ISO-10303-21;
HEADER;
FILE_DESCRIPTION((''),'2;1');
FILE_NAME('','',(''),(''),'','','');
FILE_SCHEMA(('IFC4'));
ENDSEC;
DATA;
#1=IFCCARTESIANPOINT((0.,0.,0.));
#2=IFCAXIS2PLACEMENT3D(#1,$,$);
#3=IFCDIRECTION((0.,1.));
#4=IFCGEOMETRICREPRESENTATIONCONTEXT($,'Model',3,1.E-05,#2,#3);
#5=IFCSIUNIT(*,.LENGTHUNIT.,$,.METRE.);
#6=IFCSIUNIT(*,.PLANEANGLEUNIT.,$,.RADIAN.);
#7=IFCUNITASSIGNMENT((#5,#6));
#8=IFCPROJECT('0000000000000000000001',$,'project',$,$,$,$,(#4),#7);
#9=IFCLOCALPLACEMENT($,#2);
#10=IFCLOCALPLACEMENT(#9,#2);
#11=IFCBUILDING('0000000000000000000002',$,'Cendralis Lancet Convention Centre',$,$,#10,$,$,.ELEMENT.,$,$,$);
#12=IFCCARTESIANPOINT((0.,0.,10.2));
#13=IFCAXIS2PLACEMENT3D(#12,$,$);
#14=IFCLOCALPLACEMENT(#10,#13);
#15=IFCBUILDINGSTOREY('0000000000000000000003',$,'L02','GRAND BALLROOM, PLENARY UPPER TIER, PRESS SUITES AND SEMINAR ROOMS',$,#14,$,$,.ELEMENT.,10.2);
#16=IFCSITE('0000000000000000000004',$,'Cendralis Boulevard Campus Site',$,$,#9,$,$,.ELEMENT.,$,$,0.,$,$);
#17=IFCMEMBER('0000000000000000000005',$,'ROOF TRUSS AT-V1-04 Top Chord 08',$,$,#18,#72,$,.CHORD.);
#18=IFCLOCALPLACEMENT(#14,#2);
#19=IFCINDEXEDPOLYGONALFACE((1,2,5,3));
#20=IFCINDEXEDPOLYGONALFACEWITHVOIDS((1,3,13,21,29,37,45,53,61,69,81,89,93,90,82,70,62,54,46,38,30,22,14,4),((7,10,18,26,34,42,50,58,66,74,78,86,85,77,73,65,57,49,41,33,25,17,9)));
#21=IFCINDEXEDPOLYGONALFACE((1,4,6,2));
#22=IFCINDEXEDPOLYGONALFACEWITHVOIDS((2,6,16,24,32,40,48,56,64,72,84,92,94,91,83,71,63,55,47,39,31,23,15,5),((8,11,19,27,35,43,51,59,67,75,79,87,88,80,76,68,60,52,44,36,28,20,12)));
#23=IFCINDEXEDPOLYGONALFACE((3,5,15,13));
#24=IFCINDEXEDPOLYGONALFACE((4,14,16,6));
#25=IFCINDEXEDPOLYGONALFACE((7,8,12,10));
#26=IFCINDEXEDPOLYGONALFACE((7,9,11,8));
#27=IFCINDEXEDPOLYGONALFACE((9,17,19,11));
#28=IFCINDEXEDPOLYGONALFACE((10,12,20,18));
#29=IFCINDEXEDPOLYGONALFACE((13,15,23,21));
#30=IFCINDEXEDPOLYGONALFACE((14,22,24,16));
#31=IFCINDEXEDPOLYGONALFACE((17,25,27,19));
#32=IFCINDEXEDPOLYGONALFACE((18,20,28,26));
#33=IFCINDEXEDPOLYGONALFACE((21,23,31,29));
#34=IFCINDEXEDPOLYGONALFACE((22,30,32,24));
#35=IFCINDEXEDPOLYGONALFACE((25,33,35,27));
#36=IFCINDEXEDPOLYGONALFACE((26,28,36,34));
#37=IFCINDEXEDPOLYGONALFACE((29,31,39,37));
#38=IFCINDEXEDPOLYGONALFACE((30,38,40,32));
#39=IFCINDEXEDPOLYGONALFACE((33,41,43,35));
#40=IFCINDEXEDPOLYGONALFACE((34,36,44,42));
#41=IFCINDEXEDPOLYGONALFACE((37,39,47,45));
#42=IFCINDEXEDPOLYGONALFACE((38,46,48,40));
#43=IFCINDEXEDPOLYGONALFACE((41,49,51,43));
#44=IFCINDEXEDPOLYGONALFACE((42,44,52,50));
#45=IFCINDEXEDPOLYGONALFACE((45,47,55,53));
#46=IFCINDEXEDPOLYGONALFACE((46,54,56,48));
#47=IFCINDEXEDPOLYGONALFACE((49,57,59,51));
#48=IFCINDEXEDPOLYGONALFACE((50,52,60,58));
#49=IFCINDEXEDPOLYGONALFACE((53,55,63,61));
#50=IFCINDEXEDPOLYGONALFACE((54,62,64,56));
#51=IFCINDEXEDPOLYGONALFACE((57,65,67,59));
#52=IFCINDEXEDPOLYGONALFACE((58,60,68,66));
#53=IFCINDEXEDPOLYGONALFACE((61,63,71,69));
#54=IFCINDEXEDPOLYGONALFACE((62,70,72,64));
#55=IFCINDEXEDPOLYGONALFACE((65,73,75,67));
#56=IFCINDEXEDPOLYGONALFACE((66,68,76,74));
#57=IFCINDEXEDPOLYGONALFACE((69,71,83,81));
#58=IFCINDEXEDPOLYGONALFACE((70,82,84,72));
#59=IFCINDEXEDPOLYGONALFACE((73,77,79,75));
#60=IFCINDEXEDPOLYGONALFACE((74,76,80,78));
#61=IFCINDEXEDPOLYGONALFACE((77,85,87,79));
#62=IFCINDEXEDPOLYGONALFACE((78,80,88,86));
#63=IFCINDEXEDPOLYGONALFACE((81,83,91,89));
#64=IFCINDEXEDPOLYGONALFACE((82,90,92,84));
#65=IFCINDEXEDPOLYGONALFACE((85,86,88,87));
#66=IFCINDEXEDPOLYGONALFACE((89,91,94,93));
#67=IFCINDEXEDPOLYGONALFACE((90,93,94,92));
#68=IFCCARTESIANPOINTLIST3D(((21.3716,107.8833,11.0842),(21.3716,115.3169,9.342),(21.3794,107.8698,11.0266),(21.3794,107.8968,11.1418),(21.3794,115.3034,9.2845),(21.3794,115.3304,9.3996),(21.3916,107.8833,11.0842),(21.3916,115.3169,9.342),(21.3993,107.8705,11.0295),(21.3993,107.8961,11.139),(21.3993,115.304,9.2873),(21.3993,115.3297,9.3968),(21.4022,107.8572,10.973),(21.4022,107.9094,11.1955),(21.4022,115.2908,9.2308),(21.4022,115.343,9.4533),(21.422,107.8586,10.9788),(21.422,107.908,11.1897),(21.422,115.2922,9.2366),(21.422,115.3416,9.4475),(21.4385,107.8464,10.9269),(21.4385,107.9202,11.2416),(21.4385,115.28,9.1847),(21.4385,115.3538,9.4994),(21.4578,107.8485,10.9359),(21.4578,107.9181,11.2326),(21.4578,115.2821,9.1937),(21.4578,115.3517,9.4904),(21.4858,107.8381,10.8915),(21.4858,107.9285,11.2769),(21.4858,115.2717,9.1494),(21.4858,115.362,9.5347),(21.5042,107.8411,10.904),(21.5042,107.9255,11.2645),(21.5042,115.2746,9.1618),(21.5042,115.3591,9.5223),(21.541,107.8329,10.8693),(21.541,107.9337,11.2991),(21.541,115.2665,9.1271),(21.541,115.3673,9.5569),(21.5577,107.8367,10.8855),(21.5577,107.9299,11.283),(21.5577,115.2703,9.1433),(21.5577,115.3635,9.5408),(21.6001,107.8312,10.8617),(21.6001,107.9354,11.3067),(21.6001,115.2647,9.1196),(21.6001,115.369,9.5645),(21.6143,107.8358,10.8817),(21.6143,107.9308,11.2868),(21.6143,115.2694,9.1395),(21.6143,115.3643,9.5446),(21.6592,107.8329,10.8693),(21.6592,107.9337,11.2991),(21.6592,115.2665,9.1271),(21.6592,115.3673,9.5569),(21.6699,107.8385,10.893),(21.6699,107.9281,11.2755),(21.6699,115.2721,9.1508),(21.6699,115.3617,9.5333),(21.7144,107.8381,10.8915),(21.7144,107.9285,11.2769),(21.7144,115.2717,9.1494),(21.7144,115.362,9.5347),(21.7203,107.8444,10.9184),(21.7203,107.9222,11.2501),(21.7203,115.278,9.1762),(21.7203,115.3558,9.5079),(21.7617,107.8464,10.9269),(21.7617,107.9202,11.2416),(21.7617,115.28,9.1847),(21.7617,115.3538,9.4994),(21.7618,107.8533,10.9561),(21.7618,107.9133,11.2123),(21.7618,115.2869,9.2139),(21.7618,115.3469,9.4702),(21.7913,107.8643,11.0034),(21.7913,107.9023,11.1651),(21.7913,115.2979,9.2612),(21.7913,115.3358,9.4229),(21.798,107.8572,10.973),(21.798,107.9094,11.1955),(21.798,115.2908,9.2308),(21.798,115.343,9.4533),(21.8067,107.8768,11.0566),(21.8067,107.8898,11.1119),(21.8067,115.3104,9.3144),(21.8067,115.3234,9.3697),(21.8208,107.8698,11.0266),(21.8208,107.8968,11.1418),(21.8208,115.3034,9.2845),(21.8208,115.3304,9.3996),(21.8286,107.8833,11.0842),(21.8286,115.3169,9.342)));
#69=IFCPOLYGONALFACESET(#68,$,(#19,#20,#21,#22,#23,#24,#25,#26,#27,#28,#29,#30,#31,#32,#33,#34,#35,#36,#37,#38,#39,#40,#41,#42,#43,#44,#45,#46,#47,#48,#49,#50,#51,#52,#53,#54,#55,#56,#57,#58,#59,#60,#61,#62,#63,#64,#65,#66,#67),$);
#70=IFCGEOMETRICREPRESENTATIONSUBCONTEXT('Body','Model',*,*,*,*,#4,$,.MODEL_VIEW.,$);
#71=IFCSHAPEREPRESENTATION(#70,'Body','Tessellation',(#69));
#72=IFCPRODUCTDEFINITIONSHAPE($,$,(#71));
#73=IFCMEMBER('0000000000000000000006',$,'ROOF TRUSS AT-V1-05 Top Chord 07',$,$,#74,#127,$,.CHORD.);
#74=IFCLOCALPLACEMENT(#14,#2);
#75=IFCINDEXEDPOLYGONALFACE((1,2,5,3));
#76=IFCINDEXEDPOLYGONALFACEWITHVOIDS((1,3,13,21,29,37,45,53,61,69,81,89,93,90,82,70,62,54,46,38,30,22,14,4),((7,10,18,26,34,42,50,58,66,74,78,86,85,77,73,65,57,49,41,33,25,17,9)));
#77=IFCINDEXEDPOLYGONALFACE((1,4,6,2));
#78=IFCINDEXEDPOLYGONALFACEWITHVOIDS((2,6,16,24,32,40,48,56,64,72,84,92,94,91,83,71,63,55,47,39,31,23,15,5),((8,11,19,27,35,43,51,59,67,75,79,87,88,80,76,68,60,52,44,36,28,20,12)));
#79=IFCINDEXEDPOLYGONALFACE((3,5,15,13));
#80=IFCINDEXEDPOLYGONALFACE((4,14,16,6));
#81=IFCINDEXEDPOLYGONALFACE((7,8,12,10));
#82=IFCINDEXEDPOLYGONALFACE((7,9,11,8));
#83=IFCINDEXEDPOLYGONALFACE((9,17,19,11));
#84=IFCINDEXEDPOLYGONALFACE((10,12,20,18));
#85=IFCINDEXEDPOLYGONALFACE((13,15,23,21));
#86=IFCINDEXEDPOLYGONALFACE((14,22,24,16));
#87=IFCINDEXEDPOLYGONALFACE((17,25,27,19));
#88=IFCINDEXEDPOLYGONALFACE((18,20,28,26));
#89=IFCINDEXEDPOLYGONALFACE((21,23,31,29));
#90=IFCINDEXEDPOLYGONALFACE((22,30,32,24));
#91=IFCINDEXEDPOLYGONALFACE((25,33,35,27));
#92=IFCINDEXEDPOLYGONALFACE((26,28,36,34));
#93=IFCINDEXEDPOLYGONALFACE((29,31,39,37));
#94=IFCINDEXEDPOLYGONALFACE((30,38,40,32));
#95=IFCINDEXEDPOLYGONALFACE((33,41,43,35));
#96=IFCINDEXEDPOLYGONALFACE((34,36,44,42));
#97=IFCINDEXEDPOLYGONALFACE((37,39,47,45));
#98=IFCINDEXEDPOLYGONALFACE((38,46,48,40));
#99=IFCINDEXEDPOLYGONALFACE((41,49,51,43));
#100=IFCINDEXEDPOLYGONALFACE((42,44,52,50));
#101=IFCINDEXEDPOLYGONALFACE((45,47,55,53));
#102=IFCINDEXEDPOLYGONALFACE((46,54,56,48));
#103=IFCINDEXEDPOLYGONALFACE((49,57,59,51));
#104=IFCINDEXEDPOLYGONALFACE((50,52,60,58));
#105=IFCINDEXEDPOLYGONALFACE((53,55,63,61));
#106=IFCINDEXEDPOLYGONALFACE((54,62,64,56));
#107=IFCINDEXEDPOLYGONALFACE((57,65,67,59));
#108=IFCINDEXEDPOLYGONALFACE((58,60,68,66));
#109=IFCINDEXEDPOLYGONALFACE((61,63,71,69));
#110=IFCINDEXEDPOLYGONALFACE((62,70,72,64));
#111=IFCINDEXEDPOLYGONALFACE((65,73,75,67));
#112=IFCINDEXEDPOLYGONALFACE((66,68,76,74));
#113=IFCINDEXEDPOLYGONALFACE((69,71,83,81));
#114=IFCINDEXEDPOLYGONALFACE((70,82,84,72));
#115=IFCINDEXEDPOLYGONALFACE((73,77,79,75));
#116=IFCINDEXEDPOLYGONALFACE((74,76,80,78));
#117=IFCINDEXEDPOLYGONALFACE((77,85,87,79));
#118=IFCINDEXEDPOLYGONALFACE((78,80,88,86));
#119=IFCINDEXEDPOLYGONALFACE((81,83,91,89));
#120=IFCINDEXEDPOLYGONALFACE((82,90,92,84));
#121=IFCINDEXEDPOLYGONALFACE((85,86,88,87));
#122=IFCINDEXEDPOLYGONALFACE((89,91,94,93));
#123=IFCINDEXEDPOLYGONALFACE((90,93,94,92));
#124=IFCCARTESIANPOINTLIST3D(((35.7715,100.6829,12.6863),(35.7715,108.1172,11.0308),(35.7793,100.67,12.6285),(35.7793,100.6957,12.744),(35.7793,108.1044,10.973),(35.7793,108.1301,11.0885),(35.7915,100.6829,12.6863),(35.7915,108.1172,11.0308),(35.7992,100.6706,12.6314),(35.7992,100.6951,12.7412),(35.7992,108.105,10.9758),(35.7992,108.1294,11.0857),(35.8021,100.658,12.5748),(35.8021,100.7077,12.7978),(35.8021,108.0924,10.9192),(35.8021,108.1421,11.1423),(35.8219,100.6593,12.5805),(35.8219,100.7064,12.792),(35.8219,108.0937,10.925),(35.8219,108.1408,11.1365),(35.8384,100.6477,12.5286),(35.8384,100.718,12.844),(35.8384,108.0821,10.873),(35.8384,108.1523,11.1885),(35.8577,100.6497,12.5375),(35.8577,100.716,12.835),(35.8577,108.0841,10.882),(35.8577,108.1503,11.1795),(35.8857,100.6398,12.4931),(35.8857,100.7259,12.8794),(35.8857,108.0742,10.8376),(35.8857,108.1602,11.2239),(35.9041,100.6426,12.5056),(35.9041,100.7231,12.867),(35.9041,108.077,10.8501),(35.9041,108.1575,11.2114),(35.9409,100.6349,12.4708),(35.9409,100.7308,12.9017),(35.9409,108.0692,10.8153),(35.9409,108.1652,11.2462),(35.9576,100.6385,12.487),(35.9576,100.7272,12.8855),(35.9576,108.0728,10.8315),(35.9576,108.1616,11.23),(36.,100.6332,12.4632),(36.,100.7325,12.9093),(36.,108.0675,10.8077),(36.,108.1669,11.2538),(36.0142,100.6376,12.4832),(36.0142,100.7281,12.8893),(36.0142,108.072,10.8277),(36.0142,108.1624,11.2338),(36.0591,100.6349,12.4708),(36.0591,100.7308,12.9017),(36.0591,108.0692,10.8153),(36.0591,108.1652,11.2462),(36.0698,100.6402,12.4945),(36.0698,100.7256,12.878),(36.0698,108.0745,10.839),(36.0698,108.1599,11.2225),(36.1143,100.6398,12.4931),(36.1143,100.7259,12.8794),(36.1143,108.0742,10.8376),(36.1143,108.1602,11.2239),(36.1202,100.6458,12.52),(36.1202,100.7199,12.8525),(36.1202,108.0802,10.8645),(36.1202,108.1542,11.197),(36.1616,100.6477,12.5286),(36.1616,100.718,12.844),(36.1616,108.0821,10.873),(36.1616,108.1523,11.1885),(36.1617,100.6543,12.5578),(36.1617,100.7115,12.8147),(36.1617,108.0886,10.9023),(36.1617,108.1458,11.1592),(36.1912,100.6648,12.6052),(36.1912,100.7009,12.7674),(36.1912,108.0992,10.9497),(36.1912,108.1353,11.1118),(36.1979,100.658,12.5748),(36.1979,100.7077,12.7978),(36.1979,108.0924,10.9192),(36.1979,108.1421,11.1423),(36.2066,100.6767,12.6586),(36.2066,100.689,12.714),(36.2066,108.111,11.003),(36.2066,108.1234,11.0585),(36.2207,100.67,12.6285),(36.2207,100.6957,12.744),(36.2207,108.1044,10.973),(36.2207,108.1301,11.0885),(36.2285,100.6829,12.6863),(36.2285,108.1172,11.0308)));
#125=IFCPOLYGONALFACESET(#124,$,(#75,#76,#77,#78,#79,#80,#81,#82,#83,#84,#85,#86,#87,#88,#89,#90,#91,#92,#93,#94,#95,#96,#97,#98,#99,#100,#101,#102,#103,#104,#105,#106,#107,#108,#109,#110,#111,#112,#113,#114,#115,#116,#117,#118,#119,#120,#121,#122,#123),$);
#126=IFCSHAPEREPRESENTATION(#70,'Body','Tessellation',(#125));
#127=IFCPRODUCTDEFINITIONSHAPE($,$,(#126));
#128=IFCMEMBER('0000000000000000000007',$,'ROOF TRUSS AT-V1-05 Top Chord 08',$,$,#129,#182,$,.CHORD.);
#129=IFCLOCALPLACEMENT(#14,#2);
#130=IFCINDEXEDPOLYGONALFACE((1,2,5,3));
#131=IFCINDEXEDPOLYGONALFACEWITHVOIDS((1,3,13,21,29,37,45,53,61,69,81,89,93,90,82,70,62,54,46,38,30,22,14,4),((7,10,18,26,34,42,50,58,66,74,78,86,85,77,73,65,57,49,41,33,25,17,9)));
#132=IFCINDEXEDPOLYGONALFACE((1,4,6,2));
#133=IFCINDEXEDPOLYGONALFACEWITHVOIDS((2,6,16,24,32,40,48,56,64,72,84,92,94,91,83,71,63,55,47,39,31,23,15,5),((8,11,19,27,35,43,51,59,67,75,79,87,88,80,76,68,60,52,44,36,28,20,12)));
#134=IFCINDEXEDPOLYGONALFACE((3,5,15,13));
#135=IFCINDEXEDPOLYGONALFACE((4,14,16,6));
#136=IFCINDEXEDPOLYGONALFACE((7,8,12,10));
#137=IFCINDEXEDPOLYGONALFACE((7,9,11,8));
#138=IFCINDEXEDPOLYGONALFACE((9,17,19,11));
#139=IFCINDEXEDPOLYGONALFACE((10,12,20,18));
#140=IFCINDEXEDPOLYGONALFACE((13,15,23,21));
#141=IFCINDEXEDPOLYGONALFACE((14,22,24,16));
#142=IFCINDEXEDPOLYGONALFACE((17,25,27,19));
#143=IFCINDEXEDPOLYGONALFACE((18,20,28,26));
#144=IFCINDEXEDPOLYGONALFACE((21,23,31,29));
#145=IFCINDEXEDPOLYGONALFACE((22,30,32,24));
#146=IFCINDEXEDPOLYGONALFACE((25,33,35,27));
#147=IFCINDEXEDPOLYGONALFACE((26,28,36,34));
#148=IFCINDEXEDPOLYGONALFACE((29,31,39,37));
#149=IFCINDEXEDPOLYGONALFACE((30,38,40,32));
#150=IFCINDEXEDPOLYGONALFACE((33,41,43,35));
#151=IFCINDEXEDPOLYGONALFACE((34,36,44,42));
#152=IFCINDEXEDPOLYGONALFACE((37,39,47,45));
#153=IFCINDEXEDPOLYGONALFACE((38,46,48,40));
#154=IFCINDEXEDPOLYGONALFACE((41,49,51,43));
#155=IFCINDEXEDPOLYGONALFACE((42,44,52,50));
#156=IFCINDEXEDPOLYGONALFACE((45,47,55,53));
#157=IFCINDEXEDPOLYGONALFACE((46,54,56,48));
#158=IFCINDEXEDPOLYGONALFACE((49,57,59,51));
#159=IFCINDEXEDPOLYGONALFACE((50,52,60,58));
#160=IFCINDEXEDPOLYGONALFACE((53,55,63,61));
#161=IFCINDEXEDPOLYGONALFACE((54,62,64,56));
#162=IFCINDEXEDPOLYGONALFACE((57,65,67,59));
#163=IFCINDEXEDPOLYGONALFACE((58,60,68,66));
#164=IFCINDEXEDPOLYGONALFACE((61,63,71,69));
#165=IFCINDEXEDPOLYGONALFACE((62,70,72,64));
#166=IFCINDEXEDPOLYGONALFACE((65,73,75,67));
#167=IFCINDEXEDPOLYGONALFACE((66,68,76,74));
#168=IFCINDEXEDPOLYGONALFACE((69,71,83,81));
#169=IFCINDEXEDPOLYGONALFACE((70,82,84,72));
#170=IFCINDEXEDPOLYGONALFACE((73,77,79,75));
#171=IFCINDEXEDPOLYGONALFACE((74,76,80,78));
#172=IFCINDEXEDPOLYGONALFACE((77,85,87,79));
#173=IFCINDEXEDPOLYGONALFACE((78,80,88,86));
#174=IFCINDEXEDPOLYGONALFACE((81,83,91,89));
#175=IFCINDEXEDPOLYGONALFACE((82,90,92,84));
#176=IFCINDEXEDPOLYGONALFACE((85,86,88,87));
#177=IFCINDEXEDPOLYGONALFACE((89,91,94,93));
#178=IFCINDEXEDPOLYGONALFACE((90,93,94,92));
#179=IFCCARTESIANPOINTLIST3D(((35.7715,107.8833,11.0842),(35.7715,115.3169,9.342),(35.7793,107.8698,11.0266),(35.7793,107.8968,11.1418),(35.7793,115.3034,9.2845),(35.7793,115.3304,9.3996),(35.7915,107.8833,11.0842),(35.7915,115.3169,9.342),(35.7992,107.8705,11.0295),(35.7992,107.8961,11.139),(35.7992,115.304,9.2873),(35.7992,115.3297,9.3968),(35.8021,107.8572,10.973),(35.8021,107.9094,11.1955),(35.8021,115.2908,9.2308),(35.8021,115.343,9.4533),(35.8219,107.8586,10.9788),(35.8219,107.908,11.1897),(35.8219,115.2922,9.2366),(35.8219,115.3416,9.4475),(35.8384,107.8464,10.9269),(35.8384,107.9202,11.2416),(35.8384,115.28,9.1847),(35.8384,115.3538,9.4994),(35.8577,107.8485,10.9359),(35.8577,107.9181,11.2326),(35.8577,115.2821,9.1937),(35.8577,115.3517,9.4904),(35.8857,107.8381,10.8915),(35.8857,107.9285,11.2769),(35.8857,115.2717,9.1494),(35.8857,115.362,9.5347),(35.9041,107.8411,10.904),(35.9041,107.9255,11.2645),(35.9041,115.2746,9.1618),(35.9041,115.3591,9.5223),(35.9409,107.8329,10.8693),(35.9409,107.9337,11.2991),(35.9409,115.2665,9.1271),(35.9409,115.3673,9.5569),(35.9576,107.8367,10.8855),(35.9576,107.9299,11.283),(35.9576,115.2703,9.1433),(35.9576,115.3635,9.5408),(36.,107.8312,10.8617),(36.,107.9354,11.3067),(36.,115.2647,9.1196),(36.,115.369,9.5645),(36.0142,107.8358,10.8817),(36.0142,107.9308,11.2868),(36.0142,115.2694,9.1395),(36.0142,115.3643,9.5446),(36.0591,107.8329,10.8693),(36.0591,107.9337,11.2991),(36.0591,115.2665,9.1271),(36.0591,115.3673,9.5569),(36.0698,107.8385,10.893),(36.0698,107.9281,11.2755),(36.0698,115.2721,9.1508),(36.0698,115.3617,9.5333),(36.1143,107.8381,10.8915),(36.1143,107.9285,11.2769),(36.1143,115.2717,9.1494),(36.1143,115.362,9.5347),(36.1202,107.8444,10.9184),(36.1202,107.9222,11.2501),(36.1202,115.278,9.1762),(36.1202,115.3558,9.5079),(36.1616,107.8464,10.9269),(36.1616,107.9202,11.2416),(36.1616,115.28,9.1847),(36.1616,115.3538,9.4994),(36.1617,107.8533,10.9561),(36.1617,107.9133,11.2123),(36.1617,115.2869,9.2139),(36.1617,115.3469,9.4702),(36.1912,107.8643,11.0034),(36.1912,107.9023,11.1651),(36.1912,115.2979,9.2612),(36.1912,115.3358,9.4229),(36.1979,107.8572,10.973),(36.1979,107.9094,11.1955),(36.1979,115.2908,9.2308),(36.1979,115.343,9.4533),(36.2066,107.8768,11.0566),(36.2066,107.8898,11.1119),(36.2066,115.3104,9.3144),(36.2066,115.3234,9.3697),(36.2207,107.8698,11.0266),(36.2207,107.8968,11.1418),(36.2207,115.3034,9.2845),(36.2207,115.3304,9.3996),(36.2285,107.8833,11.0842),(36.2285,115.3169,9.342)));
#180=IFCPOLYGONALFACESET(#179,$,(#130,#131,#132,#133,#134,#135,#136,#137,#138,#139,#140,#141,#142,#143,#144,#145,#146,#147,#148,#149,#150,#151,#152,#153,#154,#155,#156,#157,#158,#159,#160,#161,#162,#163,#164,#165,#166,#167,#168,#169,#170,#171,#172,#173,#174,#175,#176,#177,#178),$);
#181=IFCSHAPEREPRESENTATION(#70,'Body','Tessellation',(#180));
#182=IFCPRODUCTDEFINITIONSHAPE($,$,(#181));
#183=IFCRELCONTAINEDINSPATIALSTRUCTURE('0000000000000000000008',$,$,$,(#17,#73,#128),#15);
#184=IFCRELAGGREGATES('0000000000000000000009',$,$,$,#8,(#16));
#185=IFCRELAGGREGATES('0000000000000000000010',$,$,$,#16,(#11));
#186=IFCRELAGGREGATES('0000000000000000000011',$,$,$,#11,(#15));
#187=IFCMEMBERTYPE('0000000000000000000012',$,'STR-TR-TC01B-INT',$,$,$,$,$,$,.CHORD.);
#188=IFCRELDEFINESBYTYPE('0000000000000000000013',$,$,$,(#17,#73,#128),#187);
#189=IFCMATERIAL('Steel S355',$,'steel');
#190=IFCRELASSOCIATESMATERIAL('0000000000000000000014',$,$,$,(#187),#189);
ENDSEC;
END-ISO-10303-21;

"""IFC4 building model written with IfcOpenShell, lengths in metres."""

from ifc_helpers import new_model, si_unit, direction, frame, origin, origin_2d, place, context, subcontext, project, spatial, hollow_circle, extrude, material, material_profile, profile_set, type_object, element, save


model = new_model("IFC4")

# Units and contexts
model_context = context("Model", 3, precision=1e-05, world=origin(), true_north=direction((0.0, 1.0)))
body_context = subcontext(model_context, "Body", "Model", "MODEL_VIEW")
ifc_project = project(units=[si_unit("LENGTHUNIT", "METRE"), si_unit("PLANEANGLEUNIT", "RADIAN")], contexts=[model_context])

# Site, building, storey
site_placement = place(None, origin())
site = spatial("IfcSite", under=ifc_project, at=site_placement, Name="Cendralis Boulevard Campus Site", CompositionType="ELEMENT", RefElevation=0.0)
building_placement = place(site_placement, origin())
building = spatial("IfcBuilding", under=site, at=building_placement, Name="Cendralis Lancet Convention Centre", CompositionType="ELEMENT")
storey_placement = place(building_placement, frame((0.0, 0.0, 10.2)))
storey = spatial("IfcBuildingStorey", under=building, at=storey_placement, Name="L02", Description="GRAND BALLROOM, PLENARY UPPER TIER, PRESS SUITES AND SEMINAR ROOMS", CompositionType="ELEMENT", Elevation=10.2)

# Members
ifc_material = material(Name="Steel S355", Category="steel")
ifc_material_profile_1 = material_profile(ifc_material, hollow_circle(Radius=0.2285, WallThickness=0.02, at=origin_2d()), Name="CHS 457.0x20.0")
ifc_profile_set_1 = profile_set([ifc_material_profile_1], Name="Steel S355")
member_type_1 = type_object("IfcMemberType", Name="STR-TR-TC01B-INT", PredefinedType="CHORD", material=ifc_profile_set_1)
member_1_placement = place(storey_placement, frame((21.6001, 107.8833, 11.0842), z_axis=(0.0, 0.973618, -0.228184), x_axis=(-1.0, 0.0, 0.0)))
element("IfcMember", 1, at=member_1_placement, inside=storey, type_object=member_type_1, Name="ROOF TRUSS AT-V1-04 Top Chord 08", PredefinedType="CHORD", context=body_context, shape_type="SweptSolid", body=[
    extrude(hollow_circle(Radius=0.2285, WallThickness=0.02, at=origin_2d()), origin(), (0.0, 0.0, 1.0), 7.635),
])
member_2_placement = place(storey_placement, frame((36.0, 100.6829, 12.6863), z_axis=(0.0, 0.976091, -0.217361), x_axis=(-1.0, 0.0, 0.0)))
element("IfcMember", 2, at=member_2_placement, inside=storey, type_object=member_type_1, Name="ROOF TRUSS AT-V1-05 Top Chord 07", PredefinedType="CHORD", context=body_context, shape_type="SweptSolid", body=[
    extrude(hollow_circle(Radius=0.2285, WallThickness=0.02, at=origin_2d()), origin(), (0.0, 0.0, 1.0), 7.6165),
])
member_3_placement = place(storey_placement, frame((36.0, 107.8833, 11.0842), z_axis=(0.0, 0.973618, -0.228184), x_axis=(-1.0, 0.0, 0.0)))
element("IfcMember", 3, at=member_3_placement, inside=storey, type_object=member_type_1, Name="ROOF TRUSS AT-V1-05 Top Chord 08", PredefinedType="CHORD", context=body_context, shape_type="SweptSolid", body=[
    extrude(hollow_circle(Radius=0.2285, WallThickness=0.02, at=origin_2d()), origin(), (0.0, 0.0, 1.0), 7.635),
])

save(model, "model.ifc")
